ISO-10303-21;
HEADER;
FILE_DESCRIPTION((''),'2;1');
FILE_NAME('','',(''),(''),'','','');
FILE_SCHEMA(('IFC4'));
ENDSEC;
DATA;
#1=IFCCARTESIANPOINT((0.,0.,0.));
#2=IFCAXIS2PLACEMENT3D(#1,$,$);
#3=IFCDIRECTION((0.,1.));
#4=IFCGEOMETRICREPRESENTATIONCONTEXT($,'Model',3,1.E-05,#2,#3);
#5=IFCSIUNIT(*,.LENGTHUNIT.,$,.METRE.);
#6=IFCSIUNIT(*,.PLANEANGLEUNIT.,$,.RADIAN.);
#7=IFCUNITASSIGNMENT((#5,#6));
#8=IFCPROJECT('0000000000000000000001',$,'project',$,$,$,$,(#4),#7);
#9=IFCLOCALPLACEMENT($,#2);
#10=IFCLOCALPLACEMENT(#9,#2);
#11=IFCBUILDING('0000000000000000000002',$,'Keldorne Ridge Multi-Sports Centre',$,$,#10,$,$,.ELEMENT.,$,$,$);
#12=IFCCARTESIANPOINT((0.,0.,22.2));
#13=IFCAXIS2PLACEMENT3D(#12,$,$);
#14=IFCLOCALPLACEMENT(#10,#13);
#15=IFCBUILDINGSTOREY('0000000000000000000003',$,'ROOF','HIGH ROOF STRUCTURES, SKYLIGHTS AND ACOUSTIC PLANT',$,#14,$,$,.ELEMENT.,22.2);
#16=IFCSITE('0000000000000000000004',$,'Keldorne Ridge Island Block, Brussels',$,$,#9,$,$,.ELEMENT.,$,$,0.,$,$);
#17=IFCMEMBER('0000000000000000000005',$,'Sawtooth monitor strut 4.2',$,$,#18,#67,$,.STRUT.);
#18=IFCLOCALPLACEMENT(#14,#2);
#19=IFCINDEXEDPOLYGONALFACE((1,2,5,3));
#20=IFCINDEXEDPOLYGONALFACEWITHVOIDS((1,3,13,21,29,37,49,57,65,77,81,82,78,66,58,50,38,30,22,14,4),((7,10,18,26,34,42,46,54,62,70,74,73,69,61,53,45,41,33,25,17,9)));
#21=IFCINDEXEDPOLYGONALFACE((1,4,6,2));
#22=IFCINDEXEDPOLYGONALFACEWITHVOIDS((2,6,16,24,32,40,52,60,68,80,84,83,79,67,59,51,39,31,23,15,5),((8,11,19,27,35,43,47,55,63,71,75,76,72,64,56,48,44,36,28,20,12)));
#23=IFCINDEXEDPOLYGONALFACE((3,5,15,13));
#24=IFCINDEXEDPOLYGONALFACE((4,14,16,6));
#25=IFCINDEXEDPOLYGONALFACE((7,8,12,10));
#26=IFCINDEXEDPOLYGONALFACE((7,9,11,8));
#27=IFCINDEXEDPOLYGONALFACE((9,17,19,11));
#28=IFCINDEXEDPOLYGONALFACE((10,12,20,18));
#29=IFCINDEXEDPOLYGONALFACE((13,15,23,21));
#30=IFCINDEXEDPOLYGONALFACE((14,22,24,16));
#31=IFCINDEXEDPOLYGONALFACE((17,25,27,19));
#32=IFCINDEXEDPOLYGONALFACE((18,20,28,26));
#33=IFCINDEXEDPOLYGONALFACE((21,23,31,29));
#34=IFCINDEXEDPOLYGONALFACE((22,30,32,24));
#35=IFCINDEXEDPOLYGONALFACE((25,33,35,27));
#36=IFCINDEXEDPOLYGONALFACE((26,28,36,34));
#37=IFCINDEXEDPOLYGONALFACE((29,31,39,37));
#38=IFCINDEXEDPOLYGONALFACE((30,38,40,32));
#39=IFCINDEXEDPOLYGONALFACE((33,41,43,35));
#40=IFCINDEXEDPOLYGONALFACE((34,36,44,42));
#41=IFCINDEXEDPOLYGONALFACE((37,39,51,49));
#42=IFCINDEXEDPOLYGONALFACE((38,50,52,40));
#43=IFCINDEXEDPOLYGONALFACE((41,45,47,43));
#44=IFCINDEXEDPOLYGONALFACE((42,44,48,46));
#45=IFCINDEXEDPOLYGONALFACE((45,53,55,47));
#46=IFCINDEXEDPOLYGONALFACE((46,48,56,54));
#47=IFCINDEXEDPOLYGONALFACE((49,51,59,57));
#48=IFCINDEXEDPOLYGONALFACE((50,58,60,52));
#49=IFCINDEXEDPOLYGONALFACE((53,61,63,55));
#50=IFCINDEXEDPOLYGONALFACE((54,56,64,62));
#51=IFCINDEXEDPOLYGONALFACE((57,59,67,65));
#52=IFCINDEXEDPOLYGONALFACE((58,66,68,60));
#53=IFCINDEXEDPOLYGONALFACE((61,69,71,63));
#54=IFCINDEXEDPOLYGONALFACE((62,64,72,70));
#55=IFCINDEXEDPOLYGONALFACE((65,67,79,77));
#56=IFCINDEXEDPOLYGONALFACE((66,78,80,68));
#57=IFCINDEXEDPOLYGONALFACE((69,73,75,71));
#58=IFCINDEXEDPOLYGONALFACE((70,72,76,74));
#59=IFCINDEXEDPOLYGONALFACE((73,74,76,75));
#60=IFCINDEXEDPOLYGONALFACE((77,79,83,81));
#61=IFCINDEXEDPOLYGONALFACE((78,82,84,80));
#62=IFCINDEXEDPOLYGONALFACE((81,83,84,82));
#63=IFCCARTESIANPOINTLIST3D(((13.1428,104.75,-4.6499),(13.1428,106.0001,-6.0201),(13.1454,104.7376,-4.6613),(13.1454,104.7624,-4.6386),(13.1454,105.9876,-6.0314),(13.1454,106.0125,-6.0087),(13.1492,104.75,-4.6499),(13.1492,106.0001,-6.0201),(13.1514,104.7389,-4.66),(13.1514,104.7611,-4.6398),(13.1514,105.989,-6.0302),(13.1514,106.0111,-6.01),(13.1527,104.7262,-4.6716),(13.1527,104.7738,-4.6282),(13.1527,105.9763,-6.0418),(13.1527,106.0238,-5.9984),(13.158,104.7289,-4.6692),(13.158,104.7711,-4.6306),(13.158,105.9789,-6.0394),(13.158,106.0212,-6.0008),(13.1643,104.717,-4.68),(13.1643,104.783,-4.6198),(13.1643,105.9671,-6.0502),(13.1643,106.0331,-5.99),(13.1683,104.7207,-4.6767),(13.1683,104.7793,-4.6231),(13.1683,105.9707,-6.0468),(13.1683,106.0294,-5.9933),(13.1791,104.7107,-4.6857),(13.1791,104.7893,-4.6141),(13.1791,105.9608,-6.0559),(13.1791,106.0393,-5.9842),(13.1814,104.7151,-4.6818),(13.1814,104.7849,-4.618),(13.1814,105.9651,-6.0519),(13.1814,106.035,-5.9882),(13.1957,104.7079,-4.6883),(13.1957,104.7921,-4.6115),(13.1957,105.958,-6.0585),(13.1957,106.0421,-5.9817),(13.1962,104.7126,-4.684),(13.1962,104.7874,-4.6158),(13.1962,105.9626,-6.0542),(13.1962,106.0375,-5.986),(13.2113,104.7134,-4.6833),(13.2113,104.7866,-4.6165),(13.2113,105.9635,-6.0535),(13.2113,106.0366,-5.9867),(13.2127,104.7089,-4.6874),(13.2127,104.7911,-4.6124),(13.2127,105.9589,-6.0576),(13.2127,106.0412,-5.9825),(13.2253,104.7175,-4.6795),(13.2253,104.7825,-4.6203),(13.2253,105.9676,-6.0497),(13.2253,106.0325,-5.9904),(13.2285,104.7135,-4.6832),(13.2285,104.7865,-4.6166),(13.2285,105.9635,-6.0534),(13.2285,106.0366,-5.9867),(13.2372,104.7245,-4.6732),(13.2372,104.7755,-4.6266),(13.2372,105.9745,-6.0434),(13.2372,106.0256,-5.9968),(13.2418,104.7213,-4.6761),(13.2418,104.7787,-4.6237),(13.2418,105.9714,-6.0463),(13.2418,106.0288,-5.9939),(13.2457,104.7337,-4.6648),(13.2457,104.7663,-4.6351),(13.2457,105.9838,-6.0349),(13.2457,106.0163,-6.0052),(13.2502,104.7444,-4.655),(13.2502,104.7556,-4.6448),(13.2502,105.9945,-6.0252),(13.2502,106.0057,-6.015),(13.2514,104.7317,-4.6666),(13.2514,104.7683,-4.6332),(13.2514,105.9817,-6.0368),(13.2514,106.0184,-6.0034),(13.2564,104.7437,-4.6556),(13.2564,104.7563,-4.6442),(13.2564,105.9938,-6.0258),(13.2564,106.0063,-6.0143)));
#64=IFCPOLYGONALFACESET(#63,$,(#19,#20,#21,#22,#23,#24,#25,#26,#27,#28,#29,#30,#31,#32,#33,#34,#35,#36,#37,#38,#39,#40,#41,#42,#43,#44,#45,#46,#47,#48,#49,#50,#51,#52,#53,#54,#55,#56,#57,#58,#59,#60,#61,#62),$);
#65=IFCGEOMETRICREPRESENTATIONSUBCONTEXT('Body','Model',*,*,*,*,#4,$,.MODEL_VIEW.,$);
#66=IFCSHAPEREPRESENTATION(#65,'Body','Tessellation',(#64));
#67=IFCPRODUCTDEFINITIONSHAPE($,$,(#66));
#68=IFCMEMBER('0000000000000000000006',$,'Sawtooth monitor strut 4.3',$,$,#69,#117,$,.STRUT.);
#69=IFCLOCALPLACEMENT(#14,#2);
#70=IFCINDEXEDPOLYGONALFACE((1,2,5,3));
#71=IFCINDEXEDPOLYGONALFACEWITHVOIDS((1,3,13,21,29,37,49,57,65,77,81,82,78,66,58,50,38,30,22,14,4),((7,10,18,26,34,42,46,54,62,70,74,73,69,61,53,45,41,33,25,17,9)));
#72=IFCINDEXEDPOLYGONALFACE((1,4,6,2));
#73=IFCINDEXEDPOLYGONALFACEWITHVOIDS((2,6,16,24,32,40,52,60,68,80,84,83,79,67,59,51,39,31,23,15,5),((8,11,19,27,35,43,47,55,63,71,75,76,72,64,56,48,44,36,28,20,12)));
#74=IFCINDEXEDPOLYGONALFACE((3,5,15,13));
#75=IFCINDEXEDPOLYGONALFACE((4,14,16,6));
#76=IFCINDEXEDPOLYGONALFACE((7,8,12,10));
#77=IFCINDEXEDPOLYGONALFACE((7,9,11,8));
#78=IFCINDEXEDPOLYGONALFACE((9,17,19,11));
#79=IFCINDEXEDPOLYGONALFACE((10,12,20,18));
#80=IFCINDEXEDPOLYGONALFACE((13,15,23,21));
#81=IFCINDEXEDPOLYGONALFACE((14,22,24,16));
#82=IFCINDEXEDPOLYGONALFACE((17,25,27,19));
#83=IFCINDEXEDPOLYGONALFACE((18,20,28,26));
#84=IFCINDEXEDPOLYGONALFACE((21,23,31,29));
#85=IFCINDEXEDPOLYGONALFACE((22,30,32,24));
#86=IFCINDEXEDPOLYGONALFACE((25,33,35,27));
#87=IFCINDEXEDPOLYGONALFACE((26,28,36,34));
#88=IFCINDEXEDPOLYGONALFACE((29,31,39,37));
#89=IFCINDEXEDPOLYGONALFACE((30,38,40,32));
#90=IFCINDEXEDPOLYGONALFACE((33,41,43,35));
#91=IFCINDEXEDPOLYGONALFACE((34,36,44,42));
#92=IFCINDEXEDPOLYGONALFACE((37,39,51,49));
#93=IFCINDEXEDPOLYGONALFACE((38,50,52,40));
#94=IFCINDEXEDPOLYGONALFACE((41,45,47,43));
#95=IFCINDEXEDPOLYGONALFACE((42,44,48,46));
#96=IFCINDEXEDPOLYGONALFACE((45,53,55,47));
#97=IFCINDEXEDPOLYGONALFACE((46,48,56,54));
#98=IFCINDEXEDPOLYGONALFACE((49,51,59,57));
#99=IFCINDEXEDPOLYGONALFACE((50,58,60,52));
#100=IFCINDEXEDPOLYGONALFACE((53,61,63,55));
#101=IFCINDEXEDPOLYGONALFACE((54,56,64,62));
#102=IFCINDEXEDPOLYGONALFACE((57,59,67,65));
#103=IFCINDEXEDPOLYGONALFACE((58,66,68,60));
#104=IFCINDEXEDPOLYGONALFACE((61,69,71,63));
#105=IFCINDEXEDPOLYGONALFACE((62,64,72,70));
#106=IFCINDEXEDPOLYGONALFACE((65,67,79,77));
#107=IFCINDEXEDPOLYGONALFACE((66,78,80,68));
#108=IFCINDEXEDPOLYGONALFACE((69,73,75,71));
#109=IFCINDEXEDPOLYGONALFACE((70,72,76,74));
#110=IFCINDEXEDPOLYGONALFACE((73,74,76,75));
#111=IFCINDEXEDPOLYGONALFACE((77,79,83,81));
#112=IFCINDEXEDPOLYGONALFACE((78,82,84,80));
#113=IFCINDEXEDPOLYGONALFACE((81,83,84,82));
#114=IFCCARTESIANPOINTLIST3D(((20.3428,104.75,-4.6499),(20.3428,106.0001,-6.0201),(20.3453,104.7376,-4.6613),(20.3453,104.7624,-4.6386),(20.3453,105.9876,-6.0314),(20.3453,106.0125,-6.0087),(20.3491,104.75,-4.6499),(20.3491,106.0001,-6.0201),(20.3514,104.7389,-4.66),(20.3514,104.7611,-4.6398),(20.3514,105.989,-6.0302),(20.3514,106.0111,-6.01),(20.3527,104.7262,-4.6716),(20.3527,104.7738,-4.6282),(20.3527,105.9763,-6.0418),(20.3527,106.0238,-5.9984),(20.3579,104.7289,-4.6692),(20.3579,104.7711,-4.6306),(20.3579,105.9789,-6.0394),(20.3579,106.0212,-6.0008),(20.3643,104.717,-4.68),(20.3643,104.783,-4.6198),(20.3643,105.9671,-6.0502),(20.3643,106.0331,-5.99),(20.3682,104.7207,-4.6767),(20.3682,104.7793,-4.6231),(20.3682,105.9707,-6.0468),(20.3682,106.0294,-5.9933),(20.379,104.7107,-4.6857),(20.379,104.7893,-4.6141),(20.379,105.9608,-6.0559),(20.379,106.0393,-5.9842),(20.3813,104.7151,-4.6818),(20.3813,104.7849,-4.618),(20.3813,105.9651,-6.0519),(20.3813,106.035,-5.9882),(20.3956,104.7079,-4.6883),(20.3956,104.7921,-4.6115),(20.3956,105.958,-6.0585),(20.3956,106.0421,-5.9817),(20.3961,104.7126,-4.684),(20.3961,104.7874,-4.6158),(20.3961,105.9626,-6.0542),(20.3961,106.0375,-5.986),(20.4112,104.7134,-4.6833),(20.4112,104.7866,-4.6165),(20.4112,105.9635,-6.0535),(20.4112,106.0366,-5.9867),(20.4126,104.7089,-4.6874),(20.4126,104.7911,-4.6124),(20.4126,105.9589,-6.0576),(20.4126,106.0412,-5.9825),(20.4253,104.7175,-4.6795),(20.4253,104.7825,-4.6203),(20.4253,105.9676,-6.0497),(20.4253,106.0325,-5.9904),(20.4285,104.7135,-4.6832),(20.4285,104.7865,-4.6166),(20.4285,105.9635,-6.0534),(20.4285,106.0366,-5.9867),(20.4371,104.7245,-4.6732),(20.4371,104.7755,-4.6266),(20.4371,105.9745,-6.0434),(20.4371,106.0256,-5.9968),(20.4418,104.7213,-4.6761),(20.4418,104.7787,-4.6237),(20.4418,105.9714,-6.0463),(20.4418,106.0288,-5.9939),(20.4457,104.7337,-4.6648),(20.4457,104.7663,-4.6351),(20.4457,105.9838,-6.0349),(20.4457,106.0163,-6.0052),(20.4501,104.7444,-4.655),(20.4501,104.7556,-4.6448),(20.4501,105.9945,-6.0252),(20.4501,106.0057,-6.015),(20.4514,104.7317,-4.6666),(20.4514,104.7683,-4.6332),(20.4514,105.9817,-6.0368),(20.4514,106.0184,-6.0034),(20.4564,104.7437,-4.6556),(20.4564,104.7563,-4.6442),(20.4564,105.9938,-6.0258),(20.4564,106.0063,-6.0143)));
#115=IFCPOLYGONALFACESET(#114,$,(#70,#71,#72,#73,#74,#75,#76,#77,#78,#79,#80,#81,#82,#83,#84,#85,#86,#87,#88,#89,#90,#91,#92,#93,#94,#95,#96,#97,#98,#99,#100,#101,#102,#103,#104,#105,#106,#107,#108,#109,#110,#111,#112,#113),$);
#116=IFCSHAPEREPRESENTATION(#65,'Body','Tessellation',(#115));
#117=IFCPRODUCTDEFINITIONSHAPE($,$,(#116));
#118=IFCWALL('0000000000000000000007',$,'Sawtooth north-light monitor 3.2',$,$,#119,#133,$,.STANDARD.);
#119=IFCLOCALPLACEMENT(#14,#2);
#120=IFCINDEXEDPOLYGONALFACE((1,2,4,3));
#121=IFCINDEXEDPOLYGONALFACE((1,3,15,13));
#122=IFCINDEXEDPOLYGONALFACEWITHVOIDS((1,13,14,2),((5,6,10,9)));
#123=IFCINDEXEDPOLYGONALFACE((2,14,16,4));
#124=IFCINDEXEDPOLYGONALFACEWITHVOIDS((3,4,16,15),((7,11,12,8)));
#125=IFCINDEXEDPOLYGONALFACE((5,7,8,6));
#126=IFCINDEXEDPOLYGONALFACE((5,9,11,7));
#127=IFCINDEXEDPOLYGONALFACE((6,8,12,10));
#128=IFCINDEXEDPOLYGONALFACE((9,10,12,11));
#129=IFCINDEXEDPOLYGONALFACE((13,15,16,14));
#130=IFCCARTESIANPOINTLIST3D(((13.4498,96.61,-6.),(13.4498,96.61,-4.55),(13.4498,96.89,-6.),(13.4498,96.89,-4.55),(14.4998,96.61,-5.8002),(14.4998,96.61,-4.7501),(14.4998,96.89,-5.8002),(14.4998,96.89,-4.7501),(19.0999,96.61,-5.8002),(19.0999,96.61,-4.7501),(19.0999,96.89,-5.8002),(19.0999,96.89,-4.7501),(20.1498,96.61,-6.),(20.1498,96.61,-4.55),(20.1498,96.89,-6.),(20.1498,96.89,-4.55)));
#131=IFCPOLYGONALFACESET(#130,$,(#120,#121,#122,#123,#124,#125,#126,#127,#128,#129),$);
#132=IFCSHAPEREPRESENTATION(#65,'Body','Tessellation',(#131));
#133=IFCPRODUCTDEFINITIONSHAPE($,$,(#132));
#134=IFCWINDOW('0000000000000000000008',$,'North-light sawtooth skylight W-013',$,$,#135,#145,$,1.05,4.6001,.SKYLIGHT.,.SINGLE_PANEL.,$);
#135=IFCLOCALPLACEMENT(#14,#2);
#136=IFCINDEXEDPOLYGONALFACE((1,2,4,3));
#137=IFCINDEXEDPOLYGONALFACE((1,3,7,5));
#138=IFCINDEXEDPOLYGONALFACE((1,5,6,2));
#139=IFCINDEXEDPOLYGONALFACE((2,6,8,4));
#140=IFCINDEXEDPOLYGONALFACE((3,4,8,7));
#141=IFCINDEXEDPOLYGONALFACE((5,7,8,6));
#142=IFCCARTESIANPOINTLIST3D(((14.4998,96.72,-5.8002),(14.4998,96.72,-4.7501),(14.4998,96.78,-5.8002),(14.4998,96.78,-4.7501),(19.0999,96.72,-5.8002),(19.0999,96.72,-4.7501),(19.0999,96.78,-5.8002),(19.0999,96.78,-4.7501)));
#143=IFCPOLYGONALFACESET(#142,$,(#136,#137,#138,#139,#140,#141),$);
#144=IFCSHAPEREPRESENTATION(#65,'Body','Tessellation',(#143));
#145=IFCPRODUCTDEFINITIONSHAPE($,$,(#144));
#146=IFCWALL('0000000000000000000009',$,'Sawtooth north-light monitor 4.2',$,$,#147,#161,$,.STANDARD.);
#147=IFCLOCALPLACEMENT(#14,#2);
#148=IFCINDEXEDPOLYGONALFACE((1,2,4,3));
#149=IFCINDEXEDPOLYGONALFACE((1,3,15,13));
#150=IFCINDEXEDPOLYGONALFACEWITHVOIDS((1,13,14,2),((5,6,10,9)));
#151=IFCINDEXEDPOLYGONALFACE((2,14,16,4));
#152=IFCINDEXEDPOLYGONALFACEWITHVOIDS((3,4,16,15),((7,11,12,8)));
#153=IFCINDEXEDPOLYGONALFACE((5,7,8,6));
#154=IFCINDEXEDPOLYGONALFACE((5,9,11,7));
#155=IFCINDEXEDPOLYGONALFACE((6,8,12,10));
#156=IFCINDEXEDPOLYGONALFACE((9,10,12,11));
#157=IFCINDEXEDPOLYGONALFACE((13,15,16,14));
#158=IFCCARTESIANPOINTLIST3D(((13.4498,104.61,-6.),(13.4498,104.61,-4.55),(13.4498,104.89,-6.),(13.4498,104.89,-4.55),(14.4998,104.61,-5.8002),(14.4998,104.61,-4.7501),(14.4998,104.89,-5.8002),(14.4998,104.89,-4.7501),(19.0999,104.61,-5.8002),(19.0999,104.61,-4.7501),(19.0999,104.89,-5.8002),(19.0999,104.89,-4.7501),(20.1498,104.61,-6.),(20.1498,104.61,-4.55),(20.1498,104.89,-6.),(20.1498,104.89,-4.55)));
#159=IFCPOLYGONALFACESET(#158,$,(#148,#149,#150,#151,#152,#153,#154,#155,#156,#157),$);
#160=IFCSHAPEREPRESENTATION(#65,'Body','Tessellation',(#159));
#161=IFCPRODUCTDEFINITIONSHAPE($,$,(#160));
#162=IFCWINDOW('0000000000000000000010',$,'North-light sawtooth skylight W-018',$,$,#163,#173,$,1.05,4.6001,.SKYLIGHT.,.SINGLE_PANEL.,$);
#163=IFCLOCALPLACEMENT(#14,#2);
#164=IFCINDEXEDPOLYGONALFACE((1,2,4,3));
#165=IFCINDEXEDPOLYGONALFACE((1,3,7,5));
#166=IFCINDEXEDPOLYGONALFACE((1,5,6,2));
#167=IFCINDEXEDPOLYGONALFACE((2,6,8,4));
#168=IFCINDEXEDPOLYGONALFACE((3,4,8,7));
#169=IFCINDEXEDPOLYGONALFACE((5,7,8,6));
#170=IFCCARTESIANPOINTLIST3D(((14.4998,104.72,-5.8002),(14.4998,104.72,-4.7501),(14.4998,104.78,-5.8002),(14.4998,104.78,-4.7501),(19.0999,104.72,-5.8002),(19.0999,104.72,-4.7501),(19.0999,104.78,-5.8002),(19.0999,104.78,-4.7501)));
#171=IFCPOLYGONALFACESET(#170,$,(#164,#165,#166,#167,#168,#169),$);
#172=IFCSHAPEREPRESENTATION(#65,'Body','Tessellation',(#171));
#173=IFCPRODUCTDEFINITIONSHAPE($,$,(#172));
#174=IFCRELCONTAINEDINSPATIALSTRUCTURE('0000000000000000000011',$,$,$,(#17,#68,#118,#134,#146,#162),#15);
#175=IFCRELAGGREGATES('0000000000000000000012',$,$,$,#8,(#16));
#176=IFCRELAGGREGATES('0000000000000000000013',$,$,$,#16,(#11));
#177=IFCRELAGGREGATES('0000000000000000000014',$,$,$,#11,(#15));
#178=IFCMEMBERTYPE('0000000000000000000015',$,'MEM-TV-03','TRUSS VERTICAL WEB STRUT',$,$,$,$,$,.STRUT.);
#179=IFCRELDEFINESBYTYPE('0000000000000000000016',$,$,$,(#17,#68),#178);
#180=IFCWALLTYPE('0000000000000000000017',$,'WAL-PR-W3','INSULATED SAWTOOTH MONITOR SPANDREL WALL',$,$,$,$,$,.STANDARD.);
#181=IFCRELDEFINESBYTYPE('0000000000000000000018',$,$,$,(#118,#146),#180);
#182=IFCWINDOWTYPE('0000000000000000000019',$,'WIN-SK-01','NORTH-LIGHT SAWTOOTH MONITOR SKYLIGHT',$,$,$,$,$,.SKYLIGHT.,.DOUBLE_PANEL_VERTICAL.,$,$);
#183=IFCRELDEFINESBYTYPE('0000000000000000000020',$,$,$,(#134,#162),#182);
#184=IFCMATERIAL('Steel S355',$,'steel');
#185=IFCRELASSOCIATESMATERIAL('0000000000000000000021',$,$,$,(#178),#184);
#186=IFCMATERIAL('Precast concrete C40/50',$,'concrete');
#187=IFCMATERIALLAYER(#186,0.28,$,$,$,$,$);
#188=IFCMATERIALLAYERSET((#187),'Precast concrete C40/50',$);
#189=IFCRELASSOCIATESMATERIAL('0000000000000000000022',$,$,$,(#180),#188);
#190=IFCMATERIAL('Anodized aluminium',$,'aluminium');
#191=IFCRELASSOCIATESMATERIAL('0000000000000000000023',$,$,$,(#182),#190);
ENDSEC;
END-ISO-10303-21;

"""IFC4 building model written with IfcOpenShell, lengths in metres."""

from ifc_helpers import new_model, si_unit, direction, frame, frame_2d, origin, origin_2d, place, context, subcontext, project, spatial, rectangle, hollow_circle, extrude, material, layer, layer_set, material_profile, profile_set, type_object, element, fill, save


model = new_model("IFC4")

# Units and contexts
model_context = context("Model", 3, precision=1e-05, world=origin(), true_north=direction((0.0, 1.0)))
body_context = subcontext(model_context, "Body", "Model", "MODEL_VIEW")
ifc_project = project(units=[si_unit("LENGTHUNIT", "METRE"), si_unit("PLANEANGLEUNIT", "RADIAN")], contexts=[model_context])

# Site, building, storey
site_placement = place(None, origin())
site = spatial("IfcSite", under=ifc_project, at=site_placement, Name="Keldorne Ridge Island Block, Brussels", CompositionType="ELEMENT", RefElevation=0.0)
building_placement = place(site_placement, origin())
building = spatial("IfcBuilding", under=site, at=building_placement, Name="Keldorne Ridge Multi-Sports Centre", CompositionType="ELEMENT")
storey_placement = place(building_placement, frame((0.0, 0.0, 22.2)))
storey = spatial("IfcBuildingStorey", under=building, at=storey_placement, Name="ROOF", Description="HIGH ROOF STRUCTURES, SKYLIGHTS AND ACOUSTIC PLANT", CompositionType="ELEMENT", Elevation=22.2)

# Shared definitions
ifc_material_1 = material(Name="Steel S355", Category="steel")

# Members
ifc_material_profile_1 = material_profile(ifc_material_1, hollow_circle(Radius=0.0571, WallThickness=0.0063, at=origin_2d()), Name="CHS 114.3x6.3")
ifc_profile_set_1 = profile_set([ifc_material_profile_1], Name="Steel S355")
member_type_1 = type_object("IfcMemberType", Name="MEM-TV-03", Description="TRUSS VERTICAL WEB STRUT", PredefinedType="STRUT", material=ifc_profile_set_1)
for number, where, z_axis, x_axis, name in (
    (1, (13.2, 104.75, -4.6499), (0.0, 0.673982, -0.738748), (-1.0, 0.0, 0.0), "Sawtooth monitor strut 4.2"),
    (2, (20.3999, 104.75, -4.6499), (0.0, 0.673982, -0.738748), (-1.0, 0.0, 0.0), "Sawtooth monitor strut 4.3"),
):
    element("IfcMember", number, at=place(storey_placement, frame(where, z_axis=z_axis, x_axis=x_axis)), inside=storey, type_object=member_type_1, Name=name, PredefinedType="STRUT", context=body_context, shape_type="SweptSolid", body=[
        extrude(hollow_circle(Radius=0.0571, WallThickness=0.0063, at=origin_2d()), origin(), (0.0, 0.0, 1.0), 1.8547),
    ])

# Walls, openings, windows
ifc_material_2 = material(Name="Precast concrete C40/50", Category="concrete")
ifc_layer = layer(ifc_material_2, 0.28)
ifc_layer_set = layer_set([ifc_layer], Name="Precast concrete C40/50")
wall_type = type_object("IfcWallType", Name="WAL-PR-W3", Description="INSULATED SAWTOOTH MONITOR SPANDREL WALL", PredefinedType="STANDARD", material=ifc_layer_set)
wall_1_placement = place(storey_placement, frame((20.1499, 96.75, -6.0), z_axis=(0.0, 0.0, 1.0), x_axis=(-1.0, 0.0, 0.0)))
wall_1 = element("IfcWall", 3, at=wall_1_placement, inside=storey, type_object=wall_type, Name="Sawtooth north-light monitor 3.2", PredefinedType="STANDARD", context=body_context, shape_type="SweptSolid", body=[
    extrude(rectangle(XDim=6.7, YDim=0.28, at=frame_2d((3.3501, 0.0))), origin(), (0.0, 0.0, 1.0), 1.45),
])
opening_1_placement = place(wall_1_placement, frame((1.05, 0.0, 0.2)))
opening_1 = element("IfcOpeningElement", 4, at=opening_1_placement, cuts=wall_1, PredefinedType="OPENING", context=body_context, shape_type="SweptSolid", body=[
    extrude(rectangle(XDim=4.6001, YDim=1.05, at=frame_2d((2.3, 0.5249))), frame((0.0, 0.1499, 0.0), z_axis=(0.0, -1.0, 0.0), x_axis=(1.0, 0.0, 0.0)), (0.0, 0.0, 1.0), 0.3),
])
ifc_material_3 = material(Name="Anodized aluminium", Category="aluminium")
window_type = type_object("IfcWindowType", Name="WIN-SK-01", Description="NORTH-LIGHT SAWTOOTH MONITOR SKYLIGHT", PartitioningType="DOUBLE_PANEL_VERTICAL", PredefinedType="SKYLIGHT", material=ifc_material_3)
window_1_placement = place(opening_1_placement, origin())
window_1 = element("IfcWindow", 5, at=window_1_placement, inside=storey, type_object=window_type, Name="North-light sawtooth skylight W-013", OverallHeight=1.05, OverallWidth=4.6001, PartitioningType="SINGLE_PANEL", PredefinedType="SKYLIGHT", context=body_context, shape_type="SweptSolid", body=[
    extrude(rectangle(XDim=4.6001, YDim=1.05, at=frame_2d((2.3, 0.5249))), frame((0.0, 0.03, 0.0), z_axis=(0.0, -1.0, 0.0), x_axis=(1.0, 0.0, 0.0)), (0.0, 0.0, 1.0), 0.0601),
])
fill(opening_1, window_1)
wall_2_placement = place(storey_placement, frame((20.1499, 104.75, -6.0), z_axis=(0.0, 0.0, 1.0), x_axis=(-1.0, 0.0, 0.0)))
wall_2 = element("IfcWall", 6, at=wall_2_placement, inside=storey, type_object=wall_type, Name="Sawtooth north-light monitor 4.2", PredefinedType="STANDARD", context=body_context, shape_type="SweptSolid", body=[
    extrude(rectangle(XDim=6.7, YDim=0.28, at=frame_2d((3.3501, 0.0))), origin(), (0.0, 0.0, 1.0), 1.45),
])
opening_2_placement = place(wall_2_placement, frame((1.05, 0.0, 0.2)))
opening_2 = element("IfcOpeningElement", 7, at=opening_2_placement, cuts=wall_2, PredefinedType="OPENING", context=body_context, shape_type="SweptSolid", body=[
    extrude(rectangle(XDim=4.6001, YDim=1.05, at=frame_2d((2.3, 0.5249))), frame((0.0, 0.1499, 0.0), z_axis=(0.0, -1.0, 0.0), x_axis=(1.0, 0.0, 0.0)), (0.0, 0.0, 1.0), 0.3),
])
window_2_placement = place(opening_2_placement, origin())
window_2 = element("IfcWindow", 8, at=window_2_placement, inside=storey, type_object=window_type, Name="North-light sawtooth skylight W-018", OverallHeight=1.05, OverallWidth=4.6001, PartitioningType="SINGLE_PANEL", PredefinedType="SKYLIGHT", context=body_context, shape_type="SweptSolid", body=[
    extrude(rectangle(XDim=4.6001, YDim=1.05, at=frame_2d((2.3, 0.5249))), frame((0.0, 0.03, 0.0), z_axis=(0.0, -1.0, 0.0), x_axis=(1.0, 0.0, 0.0)), (0.0, 0.0, 1.0), 0.0601),
])
fill(opening_2, window_2)

save(model, "model.ifc")
